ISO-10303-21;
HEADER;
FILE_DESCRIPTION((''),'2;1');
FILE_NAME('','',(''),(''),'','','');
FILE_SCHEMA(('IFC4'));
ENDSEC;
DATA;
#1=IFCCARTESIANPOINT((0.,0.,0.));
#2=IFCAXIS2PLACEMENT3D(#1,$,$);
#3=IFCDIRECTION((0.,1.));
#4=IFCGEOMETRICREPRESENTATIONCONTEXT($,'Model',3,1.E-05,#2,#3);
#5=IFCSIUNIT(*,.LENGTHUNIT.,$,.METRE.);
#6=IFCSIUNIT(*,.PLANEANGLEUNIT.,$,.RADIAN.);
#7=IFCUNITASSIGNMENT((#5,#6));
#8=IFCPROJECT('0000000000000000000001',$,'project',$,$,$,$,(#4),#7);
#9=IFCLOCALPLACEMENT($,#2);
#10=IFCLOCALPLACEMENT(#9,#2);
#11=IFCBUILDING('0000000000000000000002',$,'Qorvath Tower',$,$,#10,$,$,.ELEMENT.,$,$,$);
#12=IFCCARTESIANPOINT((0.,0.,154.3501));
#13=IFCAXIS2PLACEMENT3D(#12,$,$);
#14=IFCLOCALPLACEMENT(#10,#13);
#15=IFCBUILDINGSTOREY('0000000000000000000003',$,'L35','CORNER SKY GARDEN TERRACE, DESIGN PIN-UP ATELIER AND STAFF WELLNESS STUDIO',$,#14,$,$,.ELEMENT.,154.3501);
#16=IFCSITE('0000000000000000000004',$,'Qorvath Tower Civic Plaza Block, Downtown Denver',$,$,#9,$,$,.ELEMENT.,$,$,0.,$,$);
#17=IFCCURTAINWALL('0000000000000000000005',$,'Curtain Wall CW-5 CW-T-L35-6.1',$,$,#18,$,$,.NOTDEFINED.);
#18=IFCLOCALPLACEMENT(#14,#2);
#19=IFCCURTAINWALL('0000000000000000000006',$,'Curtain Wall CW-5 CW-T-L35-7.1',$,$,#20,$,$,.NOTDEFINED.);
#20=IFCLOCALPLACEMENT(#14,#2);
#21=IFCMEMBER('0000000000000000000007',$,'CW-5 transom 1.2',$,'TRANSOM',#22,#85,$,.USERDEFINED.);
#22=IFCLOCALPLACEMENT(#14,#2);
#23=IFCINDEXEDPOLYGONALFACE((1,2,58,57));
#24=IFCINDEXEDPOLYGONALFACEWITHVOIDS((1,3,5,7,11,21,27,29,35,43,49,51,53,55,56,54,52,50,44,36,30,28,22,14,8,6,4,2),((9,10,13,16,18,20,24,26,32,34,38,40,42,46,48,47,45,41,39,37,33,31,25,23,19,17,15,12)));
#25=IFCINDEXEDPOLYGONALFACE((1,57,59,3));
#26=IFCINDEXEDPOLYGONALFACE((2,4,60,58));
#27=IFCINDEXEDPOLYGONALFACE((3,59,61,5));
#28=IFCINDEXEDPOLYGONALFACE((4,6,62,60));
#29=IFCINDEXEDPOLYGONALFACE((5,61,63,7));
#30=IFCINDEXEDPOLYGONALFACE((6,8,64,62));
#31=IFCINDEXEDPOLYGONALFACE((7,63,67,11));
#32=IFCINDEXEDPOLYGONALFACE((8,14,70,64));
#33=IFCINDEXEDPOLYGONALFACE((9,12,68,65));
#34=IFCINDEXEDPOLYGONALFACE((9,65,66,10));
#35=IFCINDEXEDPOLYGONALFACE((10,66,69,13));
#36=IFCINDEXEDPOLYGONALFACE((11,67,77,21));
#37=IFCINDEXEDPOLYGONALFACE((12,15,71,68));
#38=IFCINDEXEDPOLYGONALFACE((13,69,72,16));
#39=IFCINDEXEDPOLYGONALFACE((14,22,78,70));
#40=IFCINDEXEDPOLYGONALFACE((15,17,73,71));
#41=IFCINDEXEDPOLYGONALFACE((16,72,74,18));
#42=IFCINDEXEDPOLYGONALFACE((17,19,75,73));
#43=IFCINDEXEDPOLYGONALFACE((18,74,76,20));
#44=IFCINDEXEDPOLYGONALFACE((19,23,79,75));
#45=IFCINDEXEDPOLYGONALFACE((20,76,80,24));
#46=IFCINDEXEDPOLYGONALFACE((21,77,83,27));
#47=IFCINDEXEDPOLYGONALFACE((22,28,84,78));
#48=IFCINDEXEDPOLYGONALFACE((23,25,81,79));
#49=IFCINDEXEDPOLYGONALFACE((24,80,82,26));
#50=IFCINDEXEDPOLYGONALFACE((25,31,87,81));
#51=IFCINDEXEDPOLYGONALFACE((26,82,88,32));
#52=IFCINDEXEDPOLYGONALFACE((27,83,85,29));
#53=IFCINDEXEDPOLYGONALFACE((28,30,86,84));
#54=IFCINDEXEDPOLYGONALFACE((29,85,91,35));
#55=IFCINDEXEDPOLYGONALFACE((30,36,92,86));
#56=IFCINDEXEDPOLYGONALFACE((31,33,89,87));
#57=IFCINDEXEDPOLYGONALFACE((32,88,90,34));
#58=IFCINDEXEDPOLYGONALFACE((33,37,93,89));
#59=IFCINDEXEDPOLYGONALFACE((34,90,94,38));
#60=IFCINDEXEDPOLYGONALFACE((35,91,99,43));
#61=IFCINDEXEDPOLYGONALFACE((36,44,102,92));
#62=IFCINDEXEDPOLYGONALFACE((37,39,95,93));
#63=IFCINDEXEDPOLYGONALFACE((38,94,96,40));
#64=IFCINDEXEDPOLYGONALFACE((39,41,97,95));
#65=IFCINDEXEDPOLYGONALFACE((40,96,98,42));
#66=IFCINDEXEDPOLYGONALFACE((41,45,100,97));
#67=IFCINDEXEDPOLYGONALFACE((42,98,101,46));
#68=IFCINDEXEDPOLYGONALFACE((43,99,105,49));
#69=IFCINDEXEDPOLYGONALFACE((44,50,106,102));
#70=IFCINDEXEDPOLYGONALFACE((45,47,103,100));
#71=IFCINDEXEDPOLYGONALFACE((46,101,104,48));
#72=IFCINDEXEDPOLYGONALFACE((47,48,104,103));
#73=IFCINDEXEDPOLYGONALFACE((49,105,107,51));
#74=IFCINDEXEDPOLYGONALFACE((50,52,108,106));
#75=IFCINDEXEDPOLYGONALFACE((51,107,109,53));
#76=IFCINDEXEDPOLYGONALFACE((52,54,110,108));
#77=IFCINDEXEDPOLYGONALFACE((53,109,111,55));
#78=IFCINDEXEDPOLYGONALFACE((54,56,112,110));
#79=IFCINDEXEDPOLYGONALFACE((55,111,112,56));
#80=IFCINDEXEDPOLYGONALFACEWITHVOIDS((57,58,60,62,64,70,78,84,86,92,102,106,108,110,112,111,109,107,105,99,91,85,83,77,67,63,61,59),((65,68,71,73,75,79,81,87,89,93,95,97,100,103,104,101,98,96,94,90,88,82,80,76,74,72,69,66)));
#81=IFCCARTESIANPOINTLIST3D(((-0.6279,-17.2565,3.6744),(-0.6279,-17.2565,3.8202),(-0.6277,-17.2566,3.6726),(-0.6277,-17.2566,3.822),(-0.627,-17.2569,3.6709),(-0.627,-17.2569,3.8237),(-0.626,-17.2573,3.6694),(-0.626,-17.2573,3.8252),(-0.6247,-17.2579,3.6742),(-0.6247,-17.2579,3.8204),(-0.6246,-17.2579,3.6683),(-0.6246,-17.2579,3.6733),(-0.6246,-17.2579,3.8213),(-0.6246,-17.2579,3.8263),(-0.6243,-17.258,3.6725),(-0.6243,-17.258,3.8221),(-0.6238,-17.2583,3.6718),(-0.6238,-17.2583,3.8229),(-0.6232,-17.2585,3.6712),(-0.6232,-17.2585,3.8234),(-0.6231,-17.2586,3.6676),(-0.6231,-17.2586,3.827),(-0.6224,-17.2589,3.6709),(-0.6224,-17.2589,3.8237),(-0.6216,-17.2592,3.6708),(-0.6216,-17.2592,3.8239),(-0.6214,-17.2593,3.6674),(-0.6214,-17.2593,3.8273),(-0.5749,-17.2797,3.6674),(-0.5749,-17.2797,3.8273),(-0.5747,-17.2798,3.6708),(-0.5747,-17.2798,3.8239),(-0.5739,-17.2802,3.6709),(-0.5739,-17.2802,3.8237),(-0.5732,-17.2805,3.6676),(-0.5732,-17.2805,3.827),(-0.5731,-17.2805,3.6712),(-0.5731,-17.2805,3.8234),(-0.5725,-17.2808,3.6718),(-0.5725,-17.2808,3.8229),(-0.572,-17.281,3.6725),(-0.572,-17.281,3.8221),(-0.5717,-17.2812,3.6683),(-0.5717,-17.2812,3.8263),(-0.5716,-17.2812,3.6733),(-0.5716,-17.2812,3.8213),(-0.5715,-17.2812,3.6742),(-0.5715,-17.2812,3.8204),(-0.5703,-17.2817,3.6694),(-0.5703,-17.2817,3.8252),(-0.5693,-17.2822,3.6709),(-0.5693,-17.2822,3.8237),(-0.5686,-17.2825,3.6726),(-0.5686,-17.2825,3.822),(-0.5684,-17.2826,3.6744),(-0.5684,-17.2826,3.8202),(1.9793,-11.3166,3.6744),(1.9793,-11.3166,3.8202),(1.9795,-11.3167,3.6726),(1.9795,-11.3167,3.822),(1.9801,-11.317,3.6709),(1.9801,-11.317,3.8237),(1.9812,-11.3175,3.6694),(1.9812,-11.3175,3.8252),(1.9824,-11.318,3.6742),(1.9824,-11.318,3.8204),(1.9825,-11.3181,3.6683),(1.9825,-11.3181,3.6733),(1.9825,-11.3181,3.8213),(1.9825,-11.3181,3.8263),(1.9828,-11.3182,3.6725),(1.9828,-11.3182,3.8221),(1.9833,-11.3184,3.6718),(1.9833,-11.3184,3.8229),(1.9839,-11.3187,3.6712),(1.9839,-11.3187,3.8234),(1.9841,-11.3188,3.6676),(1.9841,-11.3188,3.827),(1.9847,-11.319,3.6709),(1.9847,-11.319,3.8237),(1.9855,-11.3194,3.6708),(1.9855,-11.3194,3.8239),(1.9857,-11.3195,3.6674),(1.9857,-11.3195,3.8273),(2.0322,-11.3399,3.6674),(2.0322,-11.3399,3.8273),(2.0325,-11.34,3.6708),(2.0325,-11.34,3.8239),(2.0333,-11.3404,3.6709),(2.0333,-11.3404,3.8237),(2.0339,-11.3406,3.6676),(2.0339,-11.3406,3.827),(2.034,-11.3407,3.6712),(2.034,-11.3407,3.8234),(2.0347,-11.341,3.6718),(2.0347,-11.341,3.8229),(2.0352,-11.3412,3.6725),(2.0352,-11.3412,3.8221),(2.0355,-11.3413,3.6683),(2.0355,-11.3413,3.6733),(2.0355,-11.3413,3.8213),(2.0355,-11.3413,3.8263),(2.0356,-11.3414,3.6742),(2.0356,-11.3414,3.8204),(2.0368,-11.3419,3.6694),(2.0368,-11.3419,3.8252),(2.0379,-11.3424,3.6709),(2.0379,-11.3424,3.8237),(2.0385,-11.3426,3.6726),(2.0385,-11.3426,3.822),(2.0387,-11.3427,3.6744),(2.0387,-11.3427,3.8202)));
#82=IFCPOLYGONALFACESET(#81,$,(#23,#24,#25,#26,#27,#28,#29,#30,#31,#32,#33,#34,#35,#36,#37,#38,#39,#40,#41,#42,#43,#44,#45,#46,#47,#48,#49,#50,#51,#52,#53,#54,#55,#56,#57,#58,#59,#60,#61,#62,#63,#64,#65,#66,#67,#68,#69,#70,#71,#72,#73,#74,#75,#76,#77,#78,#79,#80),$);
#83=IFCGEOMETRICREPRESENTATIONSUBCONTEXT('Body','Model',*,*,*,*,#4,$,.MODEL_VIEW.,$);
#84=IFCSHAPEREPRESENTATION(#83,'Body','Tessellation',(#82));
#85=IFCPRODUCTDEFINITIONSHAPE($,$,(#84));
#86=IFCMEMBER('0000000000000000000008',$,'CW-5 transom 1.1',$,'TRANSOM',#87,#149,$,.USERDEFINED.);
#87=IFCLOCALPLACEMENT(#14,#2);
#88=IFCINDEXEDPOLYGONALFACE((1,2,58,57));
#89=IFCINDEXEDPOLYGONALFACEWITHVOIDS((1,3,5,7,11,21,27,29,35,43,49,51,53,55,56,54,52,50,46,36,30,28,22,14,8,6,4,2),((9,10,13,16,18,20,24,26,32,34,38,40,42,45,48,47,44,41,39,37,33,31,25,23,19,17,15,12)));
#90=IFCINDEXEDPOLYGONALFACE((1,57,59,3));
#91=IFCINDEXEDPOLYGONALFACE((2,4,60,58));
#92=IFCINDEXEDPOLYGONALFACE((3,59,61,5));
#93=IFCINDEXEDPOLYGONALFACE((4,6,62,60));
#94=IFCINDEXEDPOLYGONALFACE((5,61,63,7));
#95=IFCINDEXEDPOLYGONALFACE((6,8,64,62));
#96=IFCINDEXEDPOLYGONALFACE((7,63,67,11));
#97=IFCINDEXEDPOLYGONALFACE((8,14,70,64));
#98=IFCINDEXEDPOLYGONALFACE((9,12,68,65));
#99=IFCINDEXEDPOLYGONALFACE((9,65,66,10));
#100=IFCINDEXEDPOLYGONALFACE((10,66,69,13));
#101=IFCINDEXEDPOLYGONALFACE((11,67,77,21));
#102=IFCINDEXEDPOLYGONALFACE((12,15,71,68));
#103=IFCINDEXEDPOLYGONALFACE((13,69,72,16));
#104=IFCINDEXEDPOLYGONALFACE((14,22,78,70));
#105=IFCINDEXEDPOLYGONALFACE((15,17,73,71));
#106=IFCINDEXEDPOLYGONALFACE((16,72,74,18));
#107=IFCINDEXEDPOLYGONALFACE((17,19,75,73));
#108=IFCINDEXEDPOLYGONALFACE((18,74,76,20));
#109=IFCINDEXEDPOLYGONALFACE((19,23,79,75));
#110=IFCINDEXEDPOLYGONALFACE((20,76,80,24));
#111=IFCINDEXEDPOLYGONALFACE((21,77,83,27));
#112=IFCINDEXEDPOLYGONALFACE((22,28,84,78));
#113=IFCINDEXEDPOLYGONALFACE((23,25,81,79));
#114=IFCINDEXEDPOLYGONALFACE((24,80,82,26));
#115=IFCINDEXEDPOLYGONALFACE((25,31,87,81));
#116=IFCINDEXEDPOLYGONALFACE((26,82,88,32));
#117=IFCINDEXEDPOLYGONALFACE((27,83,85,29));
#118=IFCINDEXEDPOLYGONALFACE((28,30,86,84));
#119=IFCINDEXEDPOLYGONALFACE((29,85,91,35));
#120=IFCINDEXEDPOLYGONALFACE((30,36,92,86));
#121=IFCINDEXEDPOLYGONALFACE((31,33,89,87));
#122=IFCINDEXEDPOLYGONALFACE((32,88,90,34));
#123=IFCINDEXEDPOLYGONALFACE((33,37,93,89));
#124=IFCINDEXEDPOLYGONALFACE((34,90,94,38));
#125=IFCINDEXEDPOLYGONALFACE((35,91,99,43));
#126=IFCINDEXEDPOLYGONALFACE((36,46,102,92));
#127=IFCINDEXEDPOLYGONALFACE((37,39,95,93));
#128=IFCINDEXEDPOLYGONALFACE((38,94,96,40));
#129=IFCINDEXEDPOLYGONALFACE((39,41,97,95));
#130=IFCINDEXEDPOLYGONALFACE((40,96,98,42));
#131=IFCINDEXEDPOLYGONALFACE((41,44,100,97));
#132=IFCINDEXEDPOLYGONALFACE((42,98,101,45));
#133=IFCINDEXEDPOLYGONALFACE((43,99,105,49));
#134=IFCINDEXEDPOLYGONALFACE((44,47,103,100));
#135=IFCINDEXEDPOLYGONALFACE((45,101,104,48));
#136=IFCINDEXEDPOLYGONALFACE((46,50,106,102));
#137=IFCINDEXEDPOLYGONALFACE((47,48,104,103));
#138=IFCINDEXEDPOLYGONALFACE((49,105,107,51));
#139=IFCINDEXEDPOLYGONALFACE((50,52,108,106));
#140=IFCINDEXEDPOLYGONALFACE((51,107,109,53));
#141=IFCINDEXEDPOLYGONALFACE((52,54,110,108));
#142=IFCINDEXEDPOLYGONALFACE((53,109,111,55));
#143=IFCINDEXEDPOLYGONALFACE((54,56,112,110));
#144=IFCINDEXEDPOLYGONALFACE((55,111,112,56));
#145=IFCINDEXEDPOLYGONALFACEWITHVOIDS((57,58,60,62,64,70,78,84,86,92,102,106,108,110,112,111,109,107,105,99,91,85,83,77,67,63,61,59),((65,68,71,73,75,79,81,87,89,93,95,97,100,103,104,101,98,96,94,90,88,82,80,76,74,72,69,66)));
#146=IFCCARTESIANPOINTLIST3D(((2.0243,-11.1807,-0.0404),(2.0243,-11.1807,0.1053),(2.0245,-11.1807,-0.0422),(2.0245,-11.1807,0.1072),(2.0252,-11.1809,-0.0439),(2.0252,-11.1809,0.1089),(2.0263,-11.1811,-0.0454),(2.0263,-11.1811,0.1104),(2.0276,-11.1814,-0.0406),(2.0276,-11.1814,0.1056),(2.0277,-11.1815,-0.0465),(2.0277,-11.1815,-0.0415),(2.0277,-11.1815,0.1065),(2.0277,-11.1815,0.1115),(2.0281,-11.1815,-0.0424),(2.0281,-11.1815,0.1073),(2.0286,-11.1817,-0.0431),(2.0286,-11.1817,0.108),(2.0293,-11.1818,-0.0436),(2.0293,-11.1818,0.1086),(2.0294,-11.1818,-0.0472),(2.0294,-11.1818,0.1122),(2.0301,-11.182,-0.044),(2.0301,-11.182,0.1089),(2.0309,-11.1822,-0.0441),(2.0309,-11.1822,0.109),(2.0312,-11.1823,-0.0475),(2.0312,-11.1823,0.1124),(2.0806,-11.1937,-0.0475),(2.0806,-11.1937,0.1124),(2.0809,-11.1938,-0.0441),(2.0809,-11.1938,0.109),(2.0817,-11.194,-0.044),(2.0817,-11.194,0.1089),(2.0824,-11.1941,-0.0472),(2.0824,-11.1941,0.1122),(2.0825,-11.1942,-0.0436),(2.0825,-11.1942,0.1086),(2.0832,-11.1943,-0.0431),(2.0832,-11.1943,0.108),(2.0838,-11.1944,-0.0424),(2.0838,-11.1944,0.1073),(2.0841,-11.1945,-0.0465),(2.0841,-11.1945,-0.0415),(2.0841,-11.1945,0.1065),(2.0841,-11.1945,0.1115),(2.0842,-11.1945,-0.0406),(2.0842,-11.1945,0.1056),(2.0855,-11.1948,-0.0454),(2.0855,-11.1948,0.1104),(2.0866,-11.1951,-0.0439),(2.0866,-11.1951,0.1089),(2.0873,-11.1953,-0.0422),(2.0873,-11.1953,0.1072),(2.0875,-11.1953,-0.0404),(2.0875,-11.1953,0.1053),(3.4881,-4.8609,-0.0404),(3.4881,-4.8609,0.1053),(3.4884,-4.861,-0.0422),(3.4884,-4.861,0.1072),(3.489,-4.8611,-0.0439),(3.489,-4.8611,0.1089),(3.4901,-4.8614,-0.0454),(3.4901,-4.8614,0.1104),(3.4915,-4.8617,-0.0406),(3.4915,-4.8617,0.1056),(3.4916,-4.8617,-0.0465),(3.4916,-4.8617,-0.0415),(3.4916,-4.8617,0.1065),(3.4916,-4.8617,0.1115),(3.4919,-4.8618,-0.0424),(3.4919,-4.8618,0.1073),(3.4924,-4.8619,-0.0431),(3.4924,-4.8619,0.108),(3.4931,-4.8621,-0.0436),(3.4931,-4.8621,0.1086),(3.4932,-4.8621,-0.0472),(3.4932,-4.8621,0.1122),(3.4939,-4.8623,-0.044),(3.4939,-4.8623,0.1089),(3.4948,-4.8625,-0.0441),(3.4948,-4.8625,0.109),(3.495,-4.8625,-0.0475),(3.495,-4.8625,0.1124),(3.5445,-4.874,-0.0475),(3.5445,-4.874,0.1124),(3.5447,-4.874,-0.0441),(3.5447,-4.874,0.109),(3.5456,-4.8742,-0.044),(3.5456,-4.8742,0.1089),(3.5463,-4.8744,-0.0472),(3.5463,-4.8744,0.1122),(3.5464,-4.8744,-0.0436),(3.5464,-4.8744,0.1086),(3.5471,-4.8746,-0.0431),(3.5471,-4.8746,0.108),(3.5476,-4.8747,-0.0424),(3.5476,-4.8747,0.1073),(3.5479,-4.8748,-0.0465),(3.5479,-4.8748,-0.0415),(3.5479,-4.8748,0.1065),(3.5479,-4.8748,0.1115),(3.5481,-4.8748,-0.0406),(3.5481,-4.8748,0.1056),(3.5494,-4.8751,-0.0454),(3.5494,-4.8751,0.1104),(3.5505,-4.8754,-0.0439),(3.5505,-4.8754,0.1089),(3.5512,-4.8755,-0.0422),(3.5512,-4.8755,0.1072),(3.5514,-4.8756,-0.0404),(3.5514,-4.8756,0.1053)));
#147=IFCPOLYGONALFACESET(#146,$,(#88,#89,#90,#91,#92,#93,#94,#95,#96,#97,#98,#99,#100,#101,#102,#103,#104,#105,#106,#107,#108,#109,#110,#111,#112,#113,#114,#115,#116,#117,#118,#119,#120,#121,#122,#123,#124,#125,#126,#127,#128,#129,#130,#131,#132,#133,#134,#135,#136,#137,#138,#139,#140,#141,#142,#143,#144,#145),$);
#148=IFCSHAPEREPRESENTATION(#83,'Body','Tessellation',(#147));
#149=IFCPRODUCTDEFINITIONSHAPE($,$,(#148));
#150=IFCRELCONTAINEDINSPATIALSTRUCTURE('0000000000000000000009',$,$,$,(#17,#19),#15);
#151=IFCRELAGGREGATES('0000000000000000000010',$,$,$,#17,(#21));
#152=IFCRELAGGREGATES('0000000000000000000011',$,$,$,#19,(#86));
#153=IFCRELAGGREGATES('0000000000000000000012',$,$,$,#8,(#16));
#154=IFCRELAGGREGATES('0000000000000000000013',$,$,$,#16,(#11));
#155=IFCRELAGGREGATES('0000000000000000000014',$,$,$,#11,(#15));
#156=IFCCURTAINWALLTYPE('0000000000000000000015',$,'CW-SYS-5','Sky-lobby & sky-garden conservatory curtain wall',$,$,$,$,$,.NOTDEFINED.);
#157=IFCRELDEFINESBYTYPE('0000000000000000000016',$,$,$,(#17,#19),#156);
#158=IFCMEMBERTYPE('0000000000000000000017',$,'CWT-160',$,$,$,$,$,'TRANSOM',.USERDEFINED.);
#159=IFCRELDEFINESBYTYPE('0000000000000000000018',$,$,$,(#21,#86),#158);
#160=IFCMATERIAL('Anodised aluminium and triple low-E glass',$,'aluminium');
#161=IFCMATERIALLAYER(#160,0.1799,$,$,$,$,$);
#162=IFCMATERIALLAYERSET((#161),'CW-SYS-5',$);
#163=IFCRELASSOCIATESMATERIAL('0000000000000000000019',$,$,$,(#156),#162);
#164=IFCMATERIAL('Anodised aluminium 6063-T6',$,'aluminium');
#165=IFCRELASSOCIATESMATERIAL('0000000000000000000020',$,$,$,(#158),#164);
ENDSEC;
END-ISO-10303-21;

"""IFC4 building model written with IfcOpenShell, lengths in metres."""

from ifc_helpers import new_model, si_unit, direction, frame, origin, origin_2d, place, context, subcontext, project, spatial, hollow_rectangle, extrude, material, layer, layer_set, material_profile, profile_set, type_object, element, aggregate, save


model = new_model("IFC4")

# Units and contexts
model_context = context("Model", 3, precision=1e-05, world=origin(), true_north=direction((0.0, 1.0)))
body_context = subcontext(model_context, "Body", "Model", "MODEL_VIEW")
ifc_project = project(units=[si_unit("LENGTHUNIT", "METRE"), si_unit("PLANEANGLEUNIT", "RADIAN")], contexts=[model_context])

# Site, building, storey
site_placement = place(None, origin())
site = spatial("IfcSite", under=ifc_project, at=site_placement, Name="Qorvath Tower Civic Plaza Block, Downtown Denver", CompositionType="ELEMENT", RefElevation=0.0)
building_placement = place(site_placement, origin())
building = spatial("IfcBuilding", under=site, at=building_placement, Name="Qorvath Tower", CompositionType="ELEMENT")
storey_placement = place(building_placement, frame((0.0, 0.0, 154.3501)))
storey = spatial("IfcBuildingStorey", under=building, at=storey_placement, Name="L35", Description="CORNER SKY GARDEN TERRACE, DESIGN PIN-UP ATELIER AND STAFF WELLNESS STUDIO", CompositionType="ELEMENT", Elevation=154.3501)

# Curtain wall
ifc_material_1 = material(Name="Anodised aluminium and triple low-E glass", Category="aluminium")
ifc_layer_1 = layer(ifc_material_1, 0.1799)
ifc_layer_set_1 = layer_set([ifc_layer_1], Name="CW-SYS-5")
curtain_wall_type = type_object("IfcCurtainWallType", Name="CW-SYS-5", Description="Sky-lobby & sky-garden conservatory curtain wall", PredefinedType="NOTDEFINED", material=ifc_layer_set_1)
curtain_wall_1_placement = place(storey_placement, origin())
curtain_wall_1 = element("IfcCurtainWall", 1, at=curtain_wall_1_placement, inside=storey, type_object=curtain_wall_type, Name="Curtain Wall CW-5 CW-T-L35-6.1", PredefinedType="NOTDEFINED")

# Curtain wall
curtain_wall_2_placement = place(storey_placement, origin())
curtain_wall_2 = element("IfcCurtainWall", 2, at=curtain_wall_2_placement, inside=storey, type_object=curtain_wall_type, Name="Curtain Wall CW-5 CW-T-L35-7.1", PredefinedType="NOTDEFINED")

# Members
ifc_material_2 = material(Name="Anodised aluminium 6063-T6", Category="aluminium")
ifc_material_profile_1 = material_profile(ifc_material_2, hollow_rectangle(XDim=0.0649, YDim=0.1599, WallThickness=0.0034, InnerFilletRadius=0.0034, OuterFilletRadius=0.0071, at=origin_2d()), Name="CWT 160x65")
ifc_profile_set_1 = profile_set([ifc_material_profile_1], Name="Anodised aluminium 6063-T6")
member_type_1 = type_object("IfcMemberType", Name="CWT-160", ElementType="TRANSOM", PredefinedType="USERDEFINED", material=ifc_profile_set_1)
member_1_placement = place(storey_placement, frame((-0.5981, -17.2695, 3.7473), z_axis=(0.401912, 0.915678, 0.0), x_axis=(-0.915678, 0.401912, 0.0)))
member_1 = element("IfcMember", 3, at=member_1_placement, type_object=member_type_1, Name="CW-5 transom 1.2", ObjectType="TRANSOM", PredefinedType="USERDEFINED", context=body_context, shape_type="SweptSolid", body=[
    extrude(hollow_rectangle(XDim=0.0649, YDim=0.1599, WallThickness=0.0034, InnerFilletRadius=0.0034, OuterFilletRadius=0.0071, at=origin_2d()), origin(), (0.0, 0.0, 1.0), 6.4868),
])
member_2_placement = place(storey_placement, frame((2.0559, -11.188, 0.0325), z_axis=(0.225657, 0.974207, 0.0), x_axis=(-0.974207, 0.225657, 0.0)))
member_2 = element("IfcMember", 4, at=member_2_placement, type_object=member_type_1, Name="CW-5 transom 1.1", ObjectType="TRANSOM", PredefinedType="USERDEFINED", context=body_context, shape_type="SweptSolid", body=[
    extrude(hollow_rectangle(XDim=0.0649, YDim=0.1599, WallThickness=0.0034, InnerFilletRadius=0.0034, OuterFilletRadius=0.0071, at=origin_2d()), origin(), (0.0, 0.0, 1.0), 6.4871),
])

aggregate(curtain_wall_1, [member_1])
aggregate(curtain_wall_2, [member_2])

save(model, "model.ifc")
